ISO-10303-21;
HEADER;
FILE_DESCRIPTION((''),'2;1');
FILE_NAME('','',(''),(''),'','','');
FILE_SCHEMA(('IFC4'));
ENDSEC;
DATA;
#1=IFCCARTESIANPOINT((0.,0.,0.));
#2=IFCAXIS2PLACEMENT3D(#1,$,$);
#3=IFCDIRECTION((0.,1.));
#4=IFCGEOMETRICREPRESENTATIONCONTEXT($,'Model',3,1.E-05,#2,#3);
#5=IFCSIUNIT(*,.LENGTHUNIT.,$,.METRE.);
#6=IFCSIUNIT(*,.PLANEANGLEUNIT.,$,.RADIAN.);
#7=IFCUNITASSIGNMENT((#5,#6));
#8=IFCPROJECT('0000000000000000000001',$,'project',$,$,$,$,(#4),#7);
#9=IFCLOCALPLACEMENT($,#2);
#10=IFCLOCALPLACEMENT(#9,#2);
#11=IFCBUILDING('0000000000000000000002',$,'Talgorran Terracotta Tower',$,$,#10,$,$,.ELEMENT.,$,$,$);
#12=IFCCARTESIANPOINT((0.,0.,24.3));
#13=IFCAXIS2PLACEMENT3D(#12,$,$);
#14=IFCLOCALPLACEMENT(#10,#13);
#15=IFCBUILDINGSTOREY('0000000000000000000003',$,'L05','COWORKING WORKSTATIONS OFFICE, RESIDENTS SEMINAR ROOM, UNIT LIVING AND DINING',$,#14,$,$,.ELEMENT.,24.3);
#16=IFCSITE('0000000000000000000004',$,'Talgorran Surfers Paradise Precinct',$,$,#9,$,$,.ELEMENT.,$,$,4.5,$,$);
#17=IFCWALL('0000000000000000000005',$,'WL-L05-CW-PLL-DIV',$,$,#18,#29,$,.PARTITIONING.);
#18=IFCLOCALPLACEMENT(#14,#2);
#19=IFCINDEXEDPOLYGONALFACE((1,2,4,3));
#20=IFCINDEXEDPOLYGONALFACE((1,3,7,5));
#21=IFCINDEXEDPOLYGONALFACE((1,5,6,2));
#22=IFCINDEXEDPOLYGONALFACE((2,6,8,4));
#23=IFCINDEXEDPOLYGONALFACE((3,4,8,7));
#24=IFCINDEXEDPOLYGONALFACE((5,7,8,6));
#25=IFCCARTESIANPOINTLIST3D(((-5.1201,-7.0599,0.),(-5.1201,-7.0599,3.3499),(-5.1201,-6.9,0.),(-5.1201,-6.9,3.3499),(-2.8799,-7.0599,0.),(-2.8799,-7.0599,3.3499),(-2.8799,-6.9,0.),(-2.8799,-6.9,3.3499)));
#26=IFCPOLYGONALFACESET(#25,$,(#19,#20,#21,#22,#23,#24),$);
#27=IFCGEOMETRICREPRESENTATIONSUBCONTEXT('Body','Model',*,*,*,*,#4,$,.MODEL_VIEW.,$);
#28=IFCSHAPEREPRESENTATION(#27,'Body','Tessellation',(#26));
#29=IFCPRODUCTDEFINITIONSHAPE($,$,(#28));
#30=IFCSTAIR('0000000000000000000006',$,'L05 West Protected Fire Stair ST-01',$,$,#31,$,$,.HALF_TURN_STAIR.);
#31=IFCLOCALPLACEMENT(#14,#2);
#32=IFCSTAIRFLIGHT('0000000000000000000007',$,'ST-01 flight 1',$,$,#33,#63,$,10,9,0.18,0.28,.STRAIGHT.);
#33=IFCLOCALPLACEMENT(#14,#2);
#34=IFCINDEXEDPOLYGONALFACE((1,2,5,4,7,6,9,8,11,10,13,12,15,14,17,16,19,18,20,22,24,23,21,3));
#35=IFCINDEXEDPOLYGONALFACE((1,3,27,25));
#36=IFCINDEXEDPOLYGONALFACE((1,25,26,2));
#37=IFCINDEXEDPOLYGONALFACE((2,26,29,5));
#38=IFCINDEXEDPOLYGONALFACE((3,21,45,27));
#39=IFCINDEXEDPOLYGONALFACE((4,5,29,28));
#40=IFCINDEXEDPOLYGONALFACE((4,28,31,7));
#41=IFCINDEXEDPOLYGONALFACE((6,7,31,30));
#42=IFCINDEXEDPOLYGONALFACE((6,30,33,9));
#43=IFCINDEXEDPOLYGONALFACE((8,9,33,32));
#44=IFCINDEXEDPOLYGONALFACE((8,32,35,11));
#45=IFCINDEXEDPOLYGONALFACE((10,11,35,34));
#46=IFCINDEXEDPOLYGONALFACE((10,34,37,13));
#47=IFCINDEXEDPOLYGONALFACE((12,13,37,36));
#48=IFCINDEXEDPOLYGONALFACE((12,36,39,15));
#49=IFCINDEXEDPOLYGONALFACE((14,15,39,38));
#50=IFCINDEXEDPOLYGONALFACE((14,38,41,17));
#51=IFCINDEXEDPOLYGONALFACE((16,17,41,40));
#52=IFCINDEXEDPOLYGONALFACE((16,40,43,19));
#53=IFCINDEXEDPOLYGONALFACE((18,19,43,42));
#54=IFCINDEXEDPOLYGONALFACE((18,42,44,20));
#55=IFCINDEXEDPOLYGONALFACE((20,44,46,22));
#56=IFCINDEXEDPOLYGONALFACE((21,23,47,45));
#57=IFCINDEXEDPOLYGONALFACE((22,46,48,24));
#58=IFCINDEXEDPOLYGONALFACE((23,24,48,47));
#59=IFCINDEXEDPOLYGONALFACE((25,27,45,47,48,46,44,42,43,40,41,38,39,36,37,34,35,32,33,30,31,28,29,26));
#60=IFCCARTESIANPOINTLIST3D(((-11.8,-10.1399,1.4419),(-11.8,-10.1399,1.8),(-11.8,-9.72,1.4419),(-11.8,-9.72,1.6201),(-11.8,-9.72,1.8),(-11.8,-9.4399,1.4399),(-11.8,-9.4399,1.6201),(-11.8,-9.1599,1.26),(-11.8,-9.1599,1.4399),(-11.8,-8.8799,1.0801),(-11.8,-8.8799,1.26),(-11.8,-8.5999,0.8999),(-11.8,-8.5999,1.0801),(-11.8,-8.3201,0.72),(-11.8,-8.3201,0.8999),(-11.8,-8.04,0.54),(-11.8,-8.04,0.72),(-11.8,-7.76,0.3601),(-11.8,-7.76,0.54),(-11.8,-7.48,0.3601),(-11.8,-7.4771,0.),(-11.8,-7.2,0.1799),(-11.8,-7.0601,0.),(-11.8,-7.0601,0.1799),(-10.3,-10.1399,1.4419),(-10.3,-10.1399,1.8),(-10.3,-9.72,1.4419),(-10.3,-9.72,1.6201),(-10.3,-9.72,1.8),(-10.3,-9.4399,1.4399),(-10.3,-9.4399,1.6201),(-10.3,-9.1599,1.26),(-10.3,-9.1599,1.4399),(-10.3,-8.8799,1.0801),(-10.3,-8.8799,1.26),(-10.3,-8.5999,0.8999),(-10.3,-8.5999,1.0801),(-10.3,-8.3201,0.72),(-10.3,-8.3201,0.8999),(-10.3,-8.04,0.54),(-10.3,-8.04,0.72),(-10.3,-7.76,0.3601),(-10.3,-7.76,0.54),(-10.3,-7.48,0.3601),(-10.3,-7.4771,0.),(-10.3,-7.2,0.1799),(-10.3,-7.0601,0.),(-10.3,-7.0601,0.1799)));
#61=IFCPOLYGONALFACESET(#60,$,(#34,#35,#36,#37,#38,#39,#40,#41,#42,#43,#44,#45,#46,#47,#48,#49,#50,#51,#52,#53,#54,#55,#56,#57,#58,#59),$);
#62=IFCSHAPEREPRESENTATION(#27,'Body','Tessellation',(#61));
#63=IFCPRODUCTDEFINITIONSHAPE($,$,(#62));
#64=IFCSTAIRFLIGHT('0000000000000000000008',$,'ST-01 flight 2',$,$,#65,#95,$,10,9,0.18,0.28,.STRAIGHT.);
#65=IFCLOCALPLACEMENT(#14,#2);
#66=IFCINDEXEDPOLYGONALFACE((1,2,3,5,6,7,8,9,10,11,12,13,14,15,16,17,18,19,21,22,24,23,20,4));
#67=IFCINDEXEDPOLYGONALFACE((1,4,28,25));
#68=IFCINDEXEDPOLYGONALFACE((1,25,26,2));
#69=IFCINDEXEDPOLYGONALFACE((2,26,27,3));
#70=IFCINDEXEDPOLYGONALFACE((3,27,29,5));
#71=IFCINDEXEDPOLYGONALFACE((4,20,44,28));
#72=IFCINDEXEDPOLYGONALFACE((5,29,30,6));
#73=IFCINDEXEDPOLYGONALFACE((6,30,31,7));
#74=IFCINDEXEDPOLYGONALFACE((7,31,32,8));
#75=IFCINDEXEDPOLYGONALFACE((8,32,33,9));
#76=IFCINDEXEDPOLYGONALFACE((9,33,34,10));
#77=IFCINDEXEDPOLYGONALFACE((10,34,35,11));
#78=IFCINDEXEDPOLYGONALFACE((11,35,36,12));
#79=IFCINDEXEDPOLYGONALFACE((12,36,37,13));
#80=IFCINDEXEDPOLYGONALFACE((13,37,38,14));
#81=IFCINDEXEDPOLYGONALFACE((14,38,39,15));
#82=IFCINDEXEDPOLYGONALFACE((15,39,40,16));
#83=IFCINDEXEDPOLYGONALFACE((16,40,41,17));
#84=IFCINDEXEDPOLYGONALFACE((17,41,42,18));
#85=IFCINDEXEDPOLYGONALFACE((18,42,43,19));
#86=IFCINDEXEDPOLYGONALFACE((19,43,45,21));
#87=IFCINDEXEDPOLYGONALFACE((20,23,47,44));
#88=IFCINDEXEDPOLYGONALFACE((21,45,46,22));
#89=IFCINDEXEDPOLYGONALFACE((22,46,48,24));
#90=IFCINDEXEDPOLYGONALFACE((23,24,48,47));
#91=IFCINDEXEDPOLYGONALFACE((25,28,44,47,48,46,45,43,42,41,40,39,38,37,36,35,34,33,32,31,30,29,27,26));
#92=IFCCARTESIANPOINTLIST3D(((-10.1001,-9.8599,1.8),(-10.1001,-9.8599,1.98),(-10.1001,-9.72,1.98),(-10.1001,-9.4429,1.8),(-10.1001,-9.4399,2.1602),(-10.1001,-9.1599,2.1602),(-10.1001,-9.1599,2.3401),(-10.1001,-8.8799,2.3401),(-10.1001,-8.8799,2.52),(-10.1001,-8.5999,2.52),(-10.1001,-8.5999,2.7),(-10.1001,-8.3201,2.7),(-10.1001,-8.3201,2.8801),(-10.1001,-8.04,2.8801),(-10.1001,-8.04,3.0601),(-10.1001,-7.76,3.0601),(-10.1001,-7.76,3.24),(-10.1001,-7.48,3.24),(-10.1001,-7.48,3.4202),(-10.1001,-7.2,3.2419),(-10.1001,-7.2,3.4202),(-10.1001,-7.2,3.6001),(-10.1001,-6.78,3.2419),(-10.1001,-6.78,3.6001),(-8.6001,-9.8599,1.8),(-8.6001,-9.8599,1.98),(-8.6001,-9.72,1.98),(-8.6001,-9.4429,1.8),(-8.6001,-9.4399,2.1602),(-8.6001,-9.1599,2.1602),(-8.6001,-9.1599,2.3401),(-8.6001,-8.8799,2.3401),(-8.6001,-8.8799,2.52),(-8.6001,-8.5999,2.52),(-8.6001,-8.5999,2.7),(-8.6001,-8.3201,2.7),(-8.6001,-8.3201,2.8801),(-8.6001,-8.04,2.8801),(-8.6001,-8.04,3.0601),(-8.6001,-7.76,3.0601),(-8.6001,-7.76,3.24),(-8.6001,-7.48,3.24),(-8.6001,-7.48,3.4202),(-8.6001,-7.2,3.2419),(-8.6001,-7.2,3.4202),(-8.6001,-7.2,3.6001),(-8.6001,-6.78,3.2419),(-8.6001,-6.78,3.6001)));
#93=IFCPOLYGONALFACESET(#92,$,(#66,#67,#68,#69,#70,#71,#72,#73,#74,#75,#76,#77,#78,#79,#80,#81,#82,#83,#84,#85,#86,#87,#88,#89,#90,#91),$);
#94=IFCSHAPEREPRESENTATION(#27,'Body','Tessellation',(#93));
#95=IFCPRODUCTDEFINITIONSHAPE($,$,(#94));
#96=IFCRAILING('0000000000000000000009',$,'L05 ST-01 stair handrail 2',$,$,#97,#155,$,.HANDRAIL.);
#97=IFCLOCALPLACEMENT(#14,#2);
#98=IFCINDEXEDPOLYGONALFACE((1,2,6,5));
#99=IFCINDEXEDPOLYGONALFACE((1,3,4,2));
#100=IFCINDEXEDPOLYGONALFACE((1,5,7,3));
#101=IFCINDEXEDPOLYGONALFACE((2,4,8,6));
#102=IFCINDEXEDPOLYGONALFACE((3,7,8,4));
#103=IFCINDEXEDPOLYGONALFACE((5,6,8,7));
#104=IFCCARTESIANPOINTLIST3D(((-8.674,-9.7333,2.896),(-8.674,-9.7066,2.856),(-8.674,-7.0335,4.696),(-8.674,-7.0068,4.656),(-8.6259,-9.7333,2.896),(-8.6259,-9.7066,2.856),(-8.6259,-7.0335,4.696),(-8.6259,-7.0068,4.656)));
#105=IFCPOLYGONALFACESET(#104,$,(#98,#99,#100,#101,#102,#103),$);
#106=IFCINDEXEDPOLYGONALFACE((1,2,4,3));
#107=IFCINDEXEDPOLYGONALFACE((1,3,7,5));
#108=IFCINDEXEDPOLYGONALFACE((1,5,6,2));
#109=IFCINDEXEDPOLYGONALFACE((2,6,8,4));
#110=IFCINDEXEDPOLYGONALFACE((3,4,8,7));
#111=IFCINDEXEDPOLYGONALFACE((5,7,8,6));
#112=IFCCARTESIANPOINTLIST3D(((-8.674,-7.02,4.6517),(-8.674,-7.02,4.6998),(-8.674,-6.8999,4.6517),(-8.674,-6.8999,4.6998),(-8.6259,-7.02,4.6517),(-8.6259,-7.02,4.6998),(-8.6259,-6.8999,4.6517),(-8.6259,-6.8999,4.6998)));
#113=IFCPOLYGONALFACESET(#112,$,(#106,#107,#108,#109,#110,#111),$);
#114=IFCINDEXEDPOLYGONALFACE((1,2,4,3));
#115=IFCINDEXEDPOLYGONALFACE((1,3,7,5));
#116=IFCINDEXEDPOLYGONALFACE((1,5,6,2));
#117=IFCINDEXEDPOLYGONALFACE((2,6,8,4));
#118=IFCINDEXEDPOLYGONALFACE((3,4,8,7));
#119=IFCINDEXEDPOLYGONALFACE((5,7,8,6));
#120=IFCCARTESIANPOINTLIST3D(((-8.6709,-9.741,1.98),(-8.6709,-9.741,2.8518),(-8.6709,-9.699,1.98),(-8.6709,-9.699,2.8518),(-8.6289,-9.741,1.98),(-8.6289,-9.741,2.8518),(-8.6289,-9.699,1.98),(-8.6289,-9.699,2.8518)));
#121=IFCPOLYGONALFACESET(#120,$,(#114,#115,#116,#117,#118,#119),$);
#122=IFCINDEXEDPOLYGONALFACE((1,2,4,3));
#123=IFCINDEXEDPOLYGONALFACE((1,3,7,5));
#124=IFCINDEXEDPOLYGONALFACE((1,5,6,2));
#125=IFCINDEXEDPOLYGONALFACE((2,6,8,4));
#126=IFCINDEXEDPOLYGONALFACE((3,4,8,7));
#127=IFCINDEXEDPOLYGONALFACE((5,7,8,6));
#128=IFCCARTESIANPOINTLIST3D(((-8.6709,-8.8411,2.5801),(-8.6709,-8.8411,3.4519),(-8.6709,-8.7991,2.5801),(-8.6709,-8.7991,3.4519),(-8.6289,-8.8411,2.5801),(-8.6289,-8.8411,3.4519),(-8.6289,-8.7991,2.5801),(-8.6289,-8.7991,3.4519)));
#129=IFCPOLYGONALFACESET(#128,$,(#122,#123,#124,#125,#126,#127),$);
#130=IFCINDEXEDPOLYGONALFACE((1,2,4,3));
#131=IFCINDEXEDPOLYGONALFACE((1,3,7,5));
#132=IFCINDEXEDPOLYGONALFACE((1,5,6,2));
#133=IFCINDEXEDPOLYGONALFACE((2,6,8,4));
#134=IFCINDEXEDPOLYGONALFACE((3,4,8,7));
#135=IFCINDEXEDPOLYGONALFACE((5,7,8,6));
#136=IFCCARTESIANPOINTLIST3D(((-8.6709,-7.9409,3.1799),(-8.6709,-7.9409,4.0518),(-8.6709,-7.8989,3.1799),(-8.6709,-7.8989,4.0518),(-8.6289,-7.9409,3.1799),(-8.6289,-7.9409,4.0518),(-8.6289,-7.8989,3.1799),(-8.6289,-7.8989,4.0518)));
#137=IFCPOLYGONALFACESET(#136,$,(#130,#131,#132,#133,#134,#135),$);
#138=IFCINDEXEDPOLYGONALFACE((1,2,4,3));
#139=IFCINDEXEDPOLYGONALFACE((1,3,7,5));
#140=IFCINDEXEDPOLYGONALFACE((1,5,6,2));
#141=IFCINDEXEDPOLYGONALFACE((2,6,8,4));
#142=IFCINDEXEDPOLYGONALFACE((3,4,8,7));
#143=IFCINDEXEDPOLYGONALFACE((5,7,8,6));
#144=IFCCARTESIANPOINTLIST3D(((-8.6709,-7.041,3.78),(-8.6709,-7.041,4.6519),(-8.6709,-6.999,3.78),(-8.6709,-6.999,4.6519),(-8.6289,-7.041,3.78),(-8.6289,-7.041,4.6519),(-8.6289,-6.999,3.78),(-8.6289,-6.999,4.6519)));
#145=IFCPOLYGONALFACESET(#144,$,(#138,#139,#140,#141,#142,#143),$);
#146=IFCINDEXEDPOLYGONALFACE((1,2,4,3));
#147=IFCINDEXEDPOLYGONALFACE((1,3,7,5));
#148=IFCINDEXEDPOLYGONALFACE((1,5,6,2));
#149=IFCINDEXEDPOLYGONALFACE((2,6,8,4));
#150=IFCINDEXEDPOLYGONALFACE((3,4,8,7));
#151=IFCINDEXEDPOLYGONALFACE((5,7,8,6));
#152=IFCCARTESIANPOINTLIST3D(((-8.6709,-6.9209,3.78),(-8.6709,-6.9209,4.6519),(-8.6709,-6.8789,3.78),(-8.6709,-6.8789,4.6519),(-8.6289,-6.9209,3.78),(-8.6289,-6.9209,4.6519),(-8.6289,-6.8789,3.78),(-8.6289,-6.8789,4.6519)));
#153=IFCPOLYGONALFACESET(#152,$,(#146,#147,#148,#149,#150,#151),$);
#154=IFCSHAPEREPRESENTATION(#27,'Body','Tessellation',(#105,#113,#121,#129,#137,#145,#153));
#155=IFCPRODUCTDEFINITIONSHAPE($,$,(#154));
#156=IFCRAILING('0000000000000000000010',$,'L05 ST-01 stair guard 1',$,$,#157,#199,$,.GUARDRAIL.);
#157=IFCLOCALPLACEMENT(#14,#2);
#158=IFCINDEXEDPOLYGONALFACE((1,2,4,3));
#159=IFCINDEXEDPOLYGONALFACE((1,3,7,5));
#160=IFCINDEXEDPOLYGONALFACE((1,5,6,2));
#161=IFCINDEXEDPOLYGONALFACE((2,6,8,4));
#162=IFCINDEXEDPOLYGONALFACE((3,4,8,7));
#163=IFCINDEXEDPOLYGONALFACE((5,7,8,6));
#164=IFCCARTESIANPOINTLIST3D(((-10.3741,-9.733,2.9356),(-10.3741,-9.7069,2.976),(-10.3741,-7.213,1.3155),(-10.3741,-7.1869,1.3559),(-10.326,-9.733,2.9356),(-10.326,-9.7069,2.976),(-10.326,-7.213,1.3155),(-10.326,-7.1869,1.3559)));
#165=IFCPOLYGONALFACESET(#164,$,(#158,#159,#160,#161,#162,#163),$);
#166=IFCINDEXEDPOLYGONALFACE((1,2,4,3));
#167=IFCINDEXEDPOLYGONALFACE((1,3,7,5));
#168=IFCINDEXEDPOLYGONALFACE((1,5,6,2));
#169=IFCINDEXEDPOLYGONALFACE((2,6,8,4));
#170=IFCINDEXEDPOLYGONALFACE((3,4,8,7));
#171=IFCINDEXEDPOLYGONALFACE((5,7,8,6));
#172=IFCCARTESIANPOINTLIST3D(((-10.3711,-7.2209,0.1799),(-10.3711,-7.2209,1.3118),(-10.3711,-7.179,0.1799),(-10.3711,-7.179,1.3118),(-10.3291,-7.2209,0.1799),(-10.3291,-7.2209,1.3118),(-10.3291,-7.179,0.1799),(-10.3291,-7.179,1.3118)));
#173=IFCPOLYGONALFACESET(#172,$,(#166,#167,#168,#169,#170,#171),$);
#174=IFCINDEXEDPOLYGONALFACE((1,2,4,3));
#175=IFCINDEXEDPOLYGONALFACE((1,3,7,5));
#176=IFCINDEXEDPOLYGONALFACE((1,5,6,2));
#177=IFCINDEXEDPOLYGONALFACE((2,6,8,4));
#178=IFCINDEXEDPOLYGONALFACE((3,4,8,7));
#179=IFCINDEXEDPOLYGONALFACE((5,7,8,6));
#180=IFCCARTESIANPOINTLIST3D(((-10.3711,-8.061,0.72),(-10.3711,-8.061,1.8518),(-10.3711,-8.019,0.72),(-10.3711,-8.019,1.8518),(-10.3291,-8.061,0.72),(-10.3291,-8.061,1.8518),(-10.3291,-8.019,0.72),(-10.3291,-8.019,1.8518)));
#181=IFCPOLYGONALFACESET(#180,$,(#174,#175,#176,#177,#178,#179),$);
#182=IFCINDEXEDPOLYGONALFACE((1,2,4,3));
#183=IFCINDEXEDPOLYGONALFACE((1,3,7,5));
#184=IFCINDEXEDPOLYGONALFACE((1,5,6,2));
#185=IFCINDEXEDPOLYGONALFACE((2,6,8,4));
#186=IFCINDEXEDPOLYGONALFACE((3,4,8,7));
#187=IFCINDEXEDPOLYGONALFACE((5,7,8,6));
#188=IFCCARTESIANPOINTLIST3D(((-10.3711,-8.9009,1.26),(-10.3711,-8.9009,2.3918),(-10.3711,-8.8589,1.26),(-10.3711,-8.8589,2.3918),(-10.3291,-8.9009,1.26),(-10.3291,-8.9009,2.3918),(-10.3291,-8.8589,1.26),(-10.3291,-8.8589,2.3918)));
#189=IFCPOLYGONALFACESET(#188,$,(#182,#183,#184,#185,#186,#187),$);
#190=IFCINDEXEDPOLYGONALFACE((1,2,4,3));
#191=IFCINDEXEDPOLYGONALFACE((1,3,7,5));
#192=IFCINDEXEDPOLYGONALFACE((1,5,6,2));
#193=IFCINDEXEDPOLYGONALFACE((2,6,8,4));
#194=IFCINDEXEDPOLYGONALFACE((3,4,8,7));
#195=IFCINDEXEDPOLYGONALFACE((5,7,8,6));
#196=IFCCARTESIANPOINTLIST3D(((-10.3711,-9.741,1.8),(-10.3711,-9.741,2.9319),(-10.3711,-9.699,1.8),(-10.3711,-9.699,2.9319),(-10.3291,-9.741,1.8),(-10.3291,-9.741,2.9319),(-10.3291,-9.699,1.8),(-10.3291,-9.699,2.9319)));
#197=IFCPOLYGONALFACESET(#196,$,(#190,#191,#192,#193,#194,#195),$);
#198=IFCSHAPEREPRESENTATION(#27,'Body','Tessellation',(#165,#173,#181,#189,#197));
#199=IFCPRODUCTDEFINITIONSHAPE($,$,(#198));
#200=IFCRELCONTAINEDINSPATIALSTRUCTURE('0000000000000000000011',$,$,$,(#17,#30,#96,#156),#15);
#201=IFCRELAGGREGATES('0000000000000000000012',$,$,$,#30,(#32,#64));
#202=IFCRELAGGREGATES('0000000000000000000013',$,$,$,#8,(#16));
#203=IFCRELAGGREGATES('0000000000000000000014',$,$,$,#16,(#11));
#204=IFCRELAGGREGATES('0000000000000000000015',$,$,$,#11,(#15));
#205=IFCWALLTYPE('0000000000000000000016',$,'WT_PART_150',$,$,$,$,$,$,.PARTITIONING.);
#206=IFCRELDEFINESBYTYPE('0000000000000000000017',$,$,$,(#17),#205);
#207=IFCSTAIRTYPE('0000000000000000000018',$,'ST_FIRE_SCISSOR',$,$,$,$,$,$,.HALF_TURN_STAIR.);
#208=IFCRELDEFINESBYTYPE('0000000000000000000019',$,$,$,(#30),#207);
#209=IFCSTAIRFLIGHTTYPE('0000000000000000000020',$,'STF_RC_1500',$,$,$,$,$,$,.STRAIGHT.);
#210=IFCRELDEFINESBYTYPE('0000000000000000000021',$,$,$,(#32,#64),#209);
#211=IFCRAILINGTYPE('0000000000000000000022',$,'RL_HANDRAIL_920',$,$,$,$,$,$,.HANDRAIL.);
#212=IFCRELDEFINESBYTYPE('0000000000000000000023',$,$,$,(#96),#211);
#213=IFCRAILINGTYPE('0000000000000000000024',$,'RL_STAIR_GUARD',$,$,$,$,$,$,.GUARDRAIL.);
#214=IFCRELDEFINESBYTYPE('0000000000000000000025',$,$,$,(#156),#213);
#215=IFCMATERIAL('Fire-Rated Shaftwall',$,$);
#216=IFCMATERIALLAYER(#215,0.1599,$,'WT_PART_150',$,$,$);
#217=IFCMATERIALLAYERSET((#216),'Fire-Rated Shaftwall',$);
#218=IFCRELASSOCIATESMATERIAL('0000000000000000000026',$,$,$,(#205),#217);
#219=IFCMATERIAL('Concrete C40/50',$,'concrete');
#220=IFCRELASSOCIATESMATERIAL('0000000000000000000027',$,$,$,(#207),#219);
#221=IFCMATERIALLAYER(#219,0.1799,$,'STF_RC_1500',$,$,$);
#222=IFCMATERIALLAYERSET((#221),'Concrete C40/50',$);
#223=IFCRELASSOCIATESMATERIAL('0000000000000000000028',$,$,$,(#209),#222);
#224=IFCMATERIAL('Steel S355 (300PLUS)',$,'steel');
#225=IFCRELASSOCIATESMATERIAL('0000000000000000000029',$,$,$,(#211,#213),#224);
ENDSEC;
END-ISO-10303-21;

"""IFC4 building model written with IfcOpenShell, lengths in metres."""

from ifc_helpers import new_model, si_unit, direction, frame, frame_2d, origin, origin_2d, place, context, subcontext, project, spatial, polyline, rectangle, outline, extrude, material, layer, layer_set, type_object, element, aggregate, save


model = new_model("IFC4")

# Units and contexts
model_context = context("Model", 3, precision=1e-05, world=origin(), true_north=direction((0.0, 1.0)))
body_context = subcontext(model_context, "Body", "Model", "MODEL_VIEW")
ifc_project = project(units=[si_unit("LENGTHUNIT", "METRE"), si_unit("PLANEANGLEUNIT", "RADIAN")], contexts=[model_context])

# Site, building, storey
site_placement = place(None, origin())
site = spatial("IfcSite", under=ifc_project, at=site_placement, Name="Talgorran Surfers Paradise Precinct", CompositionType="ELEMENT", RefElevation=4.5)
building_placement = place(site_placement, origin())
building = spatial("IfcBuilding", under=site, at=building_placement, Name="Talgorran Terracotta Tower", CompositionType="ELEMENT")
storey_placement = place(building_placement, frame((0.0, 0.0, 24.3)))
storey = spatial("IfcBuildingStorey", under=building, at=storey_placement, Name="L05", Description="COWORKING WORKSTATIONS OFFICE, RESIDENTS SEMINAR ROOM, UNIT LIVING AND DINING", CompositionType="ELEMENT", Elevation=24.3)

# Wall
ifc_material_1 = material(Name="Fire-Rated Shaftwall")
ifc_layer_1 = layer(ifc_material_1, 0.1599, Name="WT_PART_150")
ifc_layer_set_1 = layer_set([ifc_layer_1], Name="Fire-Rated Shaftwall")
wall_type_1 = type_object("IfcWallType", Name="WT_PART_150", PredefinedType="PARTITIONING", material=ifc_layer_set_1)
wall_1_placement = place(storey_placement, frame((-5.1201, -6.98, 0.0), z_axis=(0.0, 0.0, 1.0), x_axis=(1.0, 0.0, 0.0)))
element("IfcWall", 1, at=wall_1_placement, inside=storey, type_object=wall_type_1, Name="WL-L05-CW-PLL-DIV", PredefinedType="PARTITIONING", context=body_context, shape_type="SweptSolid", body=[
    extrude(rectangle(XDim=2.2402, YDim=0.1599, at=frame_2d((1.1201, 0.0))), origin(), (0.0, 0.0, 1.0), 3.3499),
])

# Stair, stair flights
ifc_material_2 = material(Name="Concrete C40/50", Category="concrete")
stair_type = type_object("IfcStairType", Name="ST_FIRE_SCISSOR", PredefinedType="HALF_TURN_STAIR", material=ifc_material_2)
stair_placement = place(storey_placement, origin())
stair = element("IfcStair", 2, at=stair_placement, inside=storey, type_object=stair_type, Name="L05 West Protected Fire Stair ST-01", PredefinedType="HALF_TURN_STAIR")
ifc_layer_2 = layer(ifc_material_2, 0.1799, Name="STF_RC_1500")
ifc_layer_set_2 = layer_set([ifc_layer_2], Name="Concrete C40/50")
stair_flight_type = type_object("IfcStairFlightType", Name="STF_RC_1500", PredefinedType="STRAIGHT", material=ifc_layer_set_2)
stair_flight_1_placement = place(storey_placement, frame((-11.05, -7.2, 0.0), z_axis=(0.0, 0.0, 1.0), x_axis=(0.0, -1.0, 0.0)))
stair_flight_1 = element("IfcStairFlight", 3, at=stair_flight_1_placement, type_object=stair_flight_type, Name="ST-01 flight 1", NumberOfRisers=10, NumberOfTreads=9, PredefinedType="STRAIGHT", RiserHeight=0.18, TreadLength=0.28, context=body_context, shape_type="SweptSolid", body=[
    extrude(outline(polyline([(-0.1399, 0.0), (-0.1399, 0.1799), (0.0, 0.1799), (0.28, 0.3601), (0.5601, 0.3601), (0.5601, 0.54), (0.8401, 0.54), (0.8401, 0.72), (1.1201, 0.72), (1.1201, 0.8999), (1.3999, 0.8999), (1.3999, 1.0801), (1.6799, 1.0801), (1.6799, 1.26), (1.96, 1.26), (1.96, 1.4399), (2.24, 1.4399), (2.24, 1.6201), (2.52, 1.6201), (2.52, 1.8), (2.9399, 1.8), (2.9399, 1.4419), (2.52, 1.4419), (0.2771, 0.0), (-0.1399, 0.0)])), frame((0.0, 0.75, 0.0), z_axis=(0.0, -1.0, 0.0), x_axis=(1.0, 0.0, 0.0)), (0.0, 0.0, 1.0), 1.5),
])
stair_flight_2_placement = place(storey_placement, frame((-9.3501, -9.72, 1.8), z_axis=(0.0, 0.0, 1.0), x_axis=(0.0, 1.0, 0.0)))
stair_flight_2 = element("IfcStairFlight", 4, at=stair_flight_2_placement, type_object=stair_flight_type, Name="ST-01 flight 2", NumberOfRisers=10, NumberOfTreads=9, PredefinedType="STRAIGHT", RiserHeight=0.18, TreadLength=0.28, context=body_context, shape_type="SweptSolid", body=[
    extrude(outline(polyline([(-0.1399, 0.0), (-0.1399, 0.1799), (0.0, 0.1799), (0.28, 0.3601), (0.5601, 0.3601), (0.5601, 0.54), (0.8401, 0.54), (0.8401, 0.72), (1.1201, 0.72), (1.1201, 0.8999), (1.3999, 0.8999), (1.3999, 1.0801), (1.6799, 1.0801), (1.6799, 1.26), (1.96, 1.26), (1.96, 1.4399), (2.24, 1.4399), (2.24, 1.6201), (2.52, 1.6201), (2.52, 1.8), (2.9399, 1.8), (2.9399, 1.4419), (2.52, 1.4419), (0.2771, 0.0), (-0.1399, 0.0)])), frame((0.0, 0.75, 0.0), z_axis=(0.0, -1.0, 0.0), x_axis=(1.0, 0.0, 0.0)), (0.0, 0.0, 1.0), 1.5),
])
aggregate(stair, [stair_flight_1, stair_flight_2])

# Railings
ifc_material_3 = material(Name="Steel S355 (300PLUS)", Category="steel")
railing_type_1 = type_object("IfcRailingType", Name="RL_HANDRAIL_920", PredefinedType="HANDRAIL", material=ifc_material_3)
railing_1_placement = place(storey_placement, frame((-8.6499, -9.72, 1.98)))
element("IfcRailing", 5, at=railing_1_placement, inside=storey, type_object=railing_type_1, Name="L05 ST-01 stair handrail 2", PredefinedType="HANDRAIL", context=body_context, shape_type="SweptSolid", body=[
    extrude(rectangle(XDim=0.0481, YDim=0.0481, at=origin_2d()), frame((0.0, 0.0, 0.896), z_axis=(0.0, 0.832039, 0.554718), x_axis=(-1.0, 0.0, 0.0)), (0.0, 0.0, 1.0), 3.2449),
    extrude(rectangle(XDim=0.0481, YDim=0.0481, at=origin_2d()), frame((0.0, 2.7, 2.6958), z_axis=(0.0, 1.0, 0.0), x_axis=(-1.0, 0.0, 0.0)), (0.0, 0.0, 1.0), 0.1201),
    extrude(rectangle(XDim=0.042, YDim=0.042, at=origin_2d()), origin(), (0.0, 0.0, 1.0), 0.8718),
    extrude(rectangle(XDim=0.042, YDim=0.042, at=origin_2d()), frame((0.0, 0.8999, 0.6001)), (0.0, 0.0, 1.0), 0.8718),
    extrude(rectangle(XDim=0.042, YDim=0.042, at=origin_2d()), frame((0.0, 1.8, 1.2)), (0.0, 0.0, 1.0), 0.8718),
    extrude(rectangle(XDim=0.042, YDim=0.042, at=origin_2d()), frame((0.0, 2.7, 1.8)), (0.0, 0.0, 1.0), 0.8718),
    extrude(rectangle(XDim=0.042, YDim=0.042, at=origin_2d()), frame((0.0, 2.8201, 1.8)), (0.0, 0.0, 1.0), 0.8718),
])
railing_type_2 = type_object("IfcRailingType", Name="RL_STAIR_GUARD", PredefinedType="GUARDRAIL", material=ifc_material_3)
railing_2_placement = place(storey_placement, frame((-10.3501, -7.2, 0.1799)))
element("IfcRailing", 6, at=railing_2_placement, inside=storey, type_object=railing_type_2, Name="L05 ST-01 stair guard 1", PredefinedType="GUARDRAIL", context=body_context, shape_type="SweptSolid", body=[
    extrude(rectangle(XDim=0.0481, YDim=0.0481, at=origin_2d()), frame((0.0, 0.0, 1.1558), z_axis=(0.0, -0.841163, 0.540782), x_axis=(1.0, 0.0, 0.0)), (0.0, 0.0, 1.0), 2.9958),
    extrude(rectangle(XDim=0.042, YDim=0.042, at=origin_2d()), origin(), (0.0, 0.0, 1.0), 1.1318),
    extrude(rectangle(XDim=0.042, YDim=0.042, at=origin_2d()), frame((0.0, -0.8401, 0.54)), (0.0, 0.0, 1.0), 1.1318),
    extrude(rectangle(XDim=0.042, YDim=0.042, at=origin_2d()), frame((0.0, -1.6799, 1.0801)), (0.0, 0.0, 1.0), 1.1318),
    extrude(rectangle(XDim=0.042, YDim=0.042, at=origin_2d()), frame((0.0, -2.52, 1.6201)), (0.0, 0.0, 1.0), 1.1318),
])

save(model, "model.ifc")
